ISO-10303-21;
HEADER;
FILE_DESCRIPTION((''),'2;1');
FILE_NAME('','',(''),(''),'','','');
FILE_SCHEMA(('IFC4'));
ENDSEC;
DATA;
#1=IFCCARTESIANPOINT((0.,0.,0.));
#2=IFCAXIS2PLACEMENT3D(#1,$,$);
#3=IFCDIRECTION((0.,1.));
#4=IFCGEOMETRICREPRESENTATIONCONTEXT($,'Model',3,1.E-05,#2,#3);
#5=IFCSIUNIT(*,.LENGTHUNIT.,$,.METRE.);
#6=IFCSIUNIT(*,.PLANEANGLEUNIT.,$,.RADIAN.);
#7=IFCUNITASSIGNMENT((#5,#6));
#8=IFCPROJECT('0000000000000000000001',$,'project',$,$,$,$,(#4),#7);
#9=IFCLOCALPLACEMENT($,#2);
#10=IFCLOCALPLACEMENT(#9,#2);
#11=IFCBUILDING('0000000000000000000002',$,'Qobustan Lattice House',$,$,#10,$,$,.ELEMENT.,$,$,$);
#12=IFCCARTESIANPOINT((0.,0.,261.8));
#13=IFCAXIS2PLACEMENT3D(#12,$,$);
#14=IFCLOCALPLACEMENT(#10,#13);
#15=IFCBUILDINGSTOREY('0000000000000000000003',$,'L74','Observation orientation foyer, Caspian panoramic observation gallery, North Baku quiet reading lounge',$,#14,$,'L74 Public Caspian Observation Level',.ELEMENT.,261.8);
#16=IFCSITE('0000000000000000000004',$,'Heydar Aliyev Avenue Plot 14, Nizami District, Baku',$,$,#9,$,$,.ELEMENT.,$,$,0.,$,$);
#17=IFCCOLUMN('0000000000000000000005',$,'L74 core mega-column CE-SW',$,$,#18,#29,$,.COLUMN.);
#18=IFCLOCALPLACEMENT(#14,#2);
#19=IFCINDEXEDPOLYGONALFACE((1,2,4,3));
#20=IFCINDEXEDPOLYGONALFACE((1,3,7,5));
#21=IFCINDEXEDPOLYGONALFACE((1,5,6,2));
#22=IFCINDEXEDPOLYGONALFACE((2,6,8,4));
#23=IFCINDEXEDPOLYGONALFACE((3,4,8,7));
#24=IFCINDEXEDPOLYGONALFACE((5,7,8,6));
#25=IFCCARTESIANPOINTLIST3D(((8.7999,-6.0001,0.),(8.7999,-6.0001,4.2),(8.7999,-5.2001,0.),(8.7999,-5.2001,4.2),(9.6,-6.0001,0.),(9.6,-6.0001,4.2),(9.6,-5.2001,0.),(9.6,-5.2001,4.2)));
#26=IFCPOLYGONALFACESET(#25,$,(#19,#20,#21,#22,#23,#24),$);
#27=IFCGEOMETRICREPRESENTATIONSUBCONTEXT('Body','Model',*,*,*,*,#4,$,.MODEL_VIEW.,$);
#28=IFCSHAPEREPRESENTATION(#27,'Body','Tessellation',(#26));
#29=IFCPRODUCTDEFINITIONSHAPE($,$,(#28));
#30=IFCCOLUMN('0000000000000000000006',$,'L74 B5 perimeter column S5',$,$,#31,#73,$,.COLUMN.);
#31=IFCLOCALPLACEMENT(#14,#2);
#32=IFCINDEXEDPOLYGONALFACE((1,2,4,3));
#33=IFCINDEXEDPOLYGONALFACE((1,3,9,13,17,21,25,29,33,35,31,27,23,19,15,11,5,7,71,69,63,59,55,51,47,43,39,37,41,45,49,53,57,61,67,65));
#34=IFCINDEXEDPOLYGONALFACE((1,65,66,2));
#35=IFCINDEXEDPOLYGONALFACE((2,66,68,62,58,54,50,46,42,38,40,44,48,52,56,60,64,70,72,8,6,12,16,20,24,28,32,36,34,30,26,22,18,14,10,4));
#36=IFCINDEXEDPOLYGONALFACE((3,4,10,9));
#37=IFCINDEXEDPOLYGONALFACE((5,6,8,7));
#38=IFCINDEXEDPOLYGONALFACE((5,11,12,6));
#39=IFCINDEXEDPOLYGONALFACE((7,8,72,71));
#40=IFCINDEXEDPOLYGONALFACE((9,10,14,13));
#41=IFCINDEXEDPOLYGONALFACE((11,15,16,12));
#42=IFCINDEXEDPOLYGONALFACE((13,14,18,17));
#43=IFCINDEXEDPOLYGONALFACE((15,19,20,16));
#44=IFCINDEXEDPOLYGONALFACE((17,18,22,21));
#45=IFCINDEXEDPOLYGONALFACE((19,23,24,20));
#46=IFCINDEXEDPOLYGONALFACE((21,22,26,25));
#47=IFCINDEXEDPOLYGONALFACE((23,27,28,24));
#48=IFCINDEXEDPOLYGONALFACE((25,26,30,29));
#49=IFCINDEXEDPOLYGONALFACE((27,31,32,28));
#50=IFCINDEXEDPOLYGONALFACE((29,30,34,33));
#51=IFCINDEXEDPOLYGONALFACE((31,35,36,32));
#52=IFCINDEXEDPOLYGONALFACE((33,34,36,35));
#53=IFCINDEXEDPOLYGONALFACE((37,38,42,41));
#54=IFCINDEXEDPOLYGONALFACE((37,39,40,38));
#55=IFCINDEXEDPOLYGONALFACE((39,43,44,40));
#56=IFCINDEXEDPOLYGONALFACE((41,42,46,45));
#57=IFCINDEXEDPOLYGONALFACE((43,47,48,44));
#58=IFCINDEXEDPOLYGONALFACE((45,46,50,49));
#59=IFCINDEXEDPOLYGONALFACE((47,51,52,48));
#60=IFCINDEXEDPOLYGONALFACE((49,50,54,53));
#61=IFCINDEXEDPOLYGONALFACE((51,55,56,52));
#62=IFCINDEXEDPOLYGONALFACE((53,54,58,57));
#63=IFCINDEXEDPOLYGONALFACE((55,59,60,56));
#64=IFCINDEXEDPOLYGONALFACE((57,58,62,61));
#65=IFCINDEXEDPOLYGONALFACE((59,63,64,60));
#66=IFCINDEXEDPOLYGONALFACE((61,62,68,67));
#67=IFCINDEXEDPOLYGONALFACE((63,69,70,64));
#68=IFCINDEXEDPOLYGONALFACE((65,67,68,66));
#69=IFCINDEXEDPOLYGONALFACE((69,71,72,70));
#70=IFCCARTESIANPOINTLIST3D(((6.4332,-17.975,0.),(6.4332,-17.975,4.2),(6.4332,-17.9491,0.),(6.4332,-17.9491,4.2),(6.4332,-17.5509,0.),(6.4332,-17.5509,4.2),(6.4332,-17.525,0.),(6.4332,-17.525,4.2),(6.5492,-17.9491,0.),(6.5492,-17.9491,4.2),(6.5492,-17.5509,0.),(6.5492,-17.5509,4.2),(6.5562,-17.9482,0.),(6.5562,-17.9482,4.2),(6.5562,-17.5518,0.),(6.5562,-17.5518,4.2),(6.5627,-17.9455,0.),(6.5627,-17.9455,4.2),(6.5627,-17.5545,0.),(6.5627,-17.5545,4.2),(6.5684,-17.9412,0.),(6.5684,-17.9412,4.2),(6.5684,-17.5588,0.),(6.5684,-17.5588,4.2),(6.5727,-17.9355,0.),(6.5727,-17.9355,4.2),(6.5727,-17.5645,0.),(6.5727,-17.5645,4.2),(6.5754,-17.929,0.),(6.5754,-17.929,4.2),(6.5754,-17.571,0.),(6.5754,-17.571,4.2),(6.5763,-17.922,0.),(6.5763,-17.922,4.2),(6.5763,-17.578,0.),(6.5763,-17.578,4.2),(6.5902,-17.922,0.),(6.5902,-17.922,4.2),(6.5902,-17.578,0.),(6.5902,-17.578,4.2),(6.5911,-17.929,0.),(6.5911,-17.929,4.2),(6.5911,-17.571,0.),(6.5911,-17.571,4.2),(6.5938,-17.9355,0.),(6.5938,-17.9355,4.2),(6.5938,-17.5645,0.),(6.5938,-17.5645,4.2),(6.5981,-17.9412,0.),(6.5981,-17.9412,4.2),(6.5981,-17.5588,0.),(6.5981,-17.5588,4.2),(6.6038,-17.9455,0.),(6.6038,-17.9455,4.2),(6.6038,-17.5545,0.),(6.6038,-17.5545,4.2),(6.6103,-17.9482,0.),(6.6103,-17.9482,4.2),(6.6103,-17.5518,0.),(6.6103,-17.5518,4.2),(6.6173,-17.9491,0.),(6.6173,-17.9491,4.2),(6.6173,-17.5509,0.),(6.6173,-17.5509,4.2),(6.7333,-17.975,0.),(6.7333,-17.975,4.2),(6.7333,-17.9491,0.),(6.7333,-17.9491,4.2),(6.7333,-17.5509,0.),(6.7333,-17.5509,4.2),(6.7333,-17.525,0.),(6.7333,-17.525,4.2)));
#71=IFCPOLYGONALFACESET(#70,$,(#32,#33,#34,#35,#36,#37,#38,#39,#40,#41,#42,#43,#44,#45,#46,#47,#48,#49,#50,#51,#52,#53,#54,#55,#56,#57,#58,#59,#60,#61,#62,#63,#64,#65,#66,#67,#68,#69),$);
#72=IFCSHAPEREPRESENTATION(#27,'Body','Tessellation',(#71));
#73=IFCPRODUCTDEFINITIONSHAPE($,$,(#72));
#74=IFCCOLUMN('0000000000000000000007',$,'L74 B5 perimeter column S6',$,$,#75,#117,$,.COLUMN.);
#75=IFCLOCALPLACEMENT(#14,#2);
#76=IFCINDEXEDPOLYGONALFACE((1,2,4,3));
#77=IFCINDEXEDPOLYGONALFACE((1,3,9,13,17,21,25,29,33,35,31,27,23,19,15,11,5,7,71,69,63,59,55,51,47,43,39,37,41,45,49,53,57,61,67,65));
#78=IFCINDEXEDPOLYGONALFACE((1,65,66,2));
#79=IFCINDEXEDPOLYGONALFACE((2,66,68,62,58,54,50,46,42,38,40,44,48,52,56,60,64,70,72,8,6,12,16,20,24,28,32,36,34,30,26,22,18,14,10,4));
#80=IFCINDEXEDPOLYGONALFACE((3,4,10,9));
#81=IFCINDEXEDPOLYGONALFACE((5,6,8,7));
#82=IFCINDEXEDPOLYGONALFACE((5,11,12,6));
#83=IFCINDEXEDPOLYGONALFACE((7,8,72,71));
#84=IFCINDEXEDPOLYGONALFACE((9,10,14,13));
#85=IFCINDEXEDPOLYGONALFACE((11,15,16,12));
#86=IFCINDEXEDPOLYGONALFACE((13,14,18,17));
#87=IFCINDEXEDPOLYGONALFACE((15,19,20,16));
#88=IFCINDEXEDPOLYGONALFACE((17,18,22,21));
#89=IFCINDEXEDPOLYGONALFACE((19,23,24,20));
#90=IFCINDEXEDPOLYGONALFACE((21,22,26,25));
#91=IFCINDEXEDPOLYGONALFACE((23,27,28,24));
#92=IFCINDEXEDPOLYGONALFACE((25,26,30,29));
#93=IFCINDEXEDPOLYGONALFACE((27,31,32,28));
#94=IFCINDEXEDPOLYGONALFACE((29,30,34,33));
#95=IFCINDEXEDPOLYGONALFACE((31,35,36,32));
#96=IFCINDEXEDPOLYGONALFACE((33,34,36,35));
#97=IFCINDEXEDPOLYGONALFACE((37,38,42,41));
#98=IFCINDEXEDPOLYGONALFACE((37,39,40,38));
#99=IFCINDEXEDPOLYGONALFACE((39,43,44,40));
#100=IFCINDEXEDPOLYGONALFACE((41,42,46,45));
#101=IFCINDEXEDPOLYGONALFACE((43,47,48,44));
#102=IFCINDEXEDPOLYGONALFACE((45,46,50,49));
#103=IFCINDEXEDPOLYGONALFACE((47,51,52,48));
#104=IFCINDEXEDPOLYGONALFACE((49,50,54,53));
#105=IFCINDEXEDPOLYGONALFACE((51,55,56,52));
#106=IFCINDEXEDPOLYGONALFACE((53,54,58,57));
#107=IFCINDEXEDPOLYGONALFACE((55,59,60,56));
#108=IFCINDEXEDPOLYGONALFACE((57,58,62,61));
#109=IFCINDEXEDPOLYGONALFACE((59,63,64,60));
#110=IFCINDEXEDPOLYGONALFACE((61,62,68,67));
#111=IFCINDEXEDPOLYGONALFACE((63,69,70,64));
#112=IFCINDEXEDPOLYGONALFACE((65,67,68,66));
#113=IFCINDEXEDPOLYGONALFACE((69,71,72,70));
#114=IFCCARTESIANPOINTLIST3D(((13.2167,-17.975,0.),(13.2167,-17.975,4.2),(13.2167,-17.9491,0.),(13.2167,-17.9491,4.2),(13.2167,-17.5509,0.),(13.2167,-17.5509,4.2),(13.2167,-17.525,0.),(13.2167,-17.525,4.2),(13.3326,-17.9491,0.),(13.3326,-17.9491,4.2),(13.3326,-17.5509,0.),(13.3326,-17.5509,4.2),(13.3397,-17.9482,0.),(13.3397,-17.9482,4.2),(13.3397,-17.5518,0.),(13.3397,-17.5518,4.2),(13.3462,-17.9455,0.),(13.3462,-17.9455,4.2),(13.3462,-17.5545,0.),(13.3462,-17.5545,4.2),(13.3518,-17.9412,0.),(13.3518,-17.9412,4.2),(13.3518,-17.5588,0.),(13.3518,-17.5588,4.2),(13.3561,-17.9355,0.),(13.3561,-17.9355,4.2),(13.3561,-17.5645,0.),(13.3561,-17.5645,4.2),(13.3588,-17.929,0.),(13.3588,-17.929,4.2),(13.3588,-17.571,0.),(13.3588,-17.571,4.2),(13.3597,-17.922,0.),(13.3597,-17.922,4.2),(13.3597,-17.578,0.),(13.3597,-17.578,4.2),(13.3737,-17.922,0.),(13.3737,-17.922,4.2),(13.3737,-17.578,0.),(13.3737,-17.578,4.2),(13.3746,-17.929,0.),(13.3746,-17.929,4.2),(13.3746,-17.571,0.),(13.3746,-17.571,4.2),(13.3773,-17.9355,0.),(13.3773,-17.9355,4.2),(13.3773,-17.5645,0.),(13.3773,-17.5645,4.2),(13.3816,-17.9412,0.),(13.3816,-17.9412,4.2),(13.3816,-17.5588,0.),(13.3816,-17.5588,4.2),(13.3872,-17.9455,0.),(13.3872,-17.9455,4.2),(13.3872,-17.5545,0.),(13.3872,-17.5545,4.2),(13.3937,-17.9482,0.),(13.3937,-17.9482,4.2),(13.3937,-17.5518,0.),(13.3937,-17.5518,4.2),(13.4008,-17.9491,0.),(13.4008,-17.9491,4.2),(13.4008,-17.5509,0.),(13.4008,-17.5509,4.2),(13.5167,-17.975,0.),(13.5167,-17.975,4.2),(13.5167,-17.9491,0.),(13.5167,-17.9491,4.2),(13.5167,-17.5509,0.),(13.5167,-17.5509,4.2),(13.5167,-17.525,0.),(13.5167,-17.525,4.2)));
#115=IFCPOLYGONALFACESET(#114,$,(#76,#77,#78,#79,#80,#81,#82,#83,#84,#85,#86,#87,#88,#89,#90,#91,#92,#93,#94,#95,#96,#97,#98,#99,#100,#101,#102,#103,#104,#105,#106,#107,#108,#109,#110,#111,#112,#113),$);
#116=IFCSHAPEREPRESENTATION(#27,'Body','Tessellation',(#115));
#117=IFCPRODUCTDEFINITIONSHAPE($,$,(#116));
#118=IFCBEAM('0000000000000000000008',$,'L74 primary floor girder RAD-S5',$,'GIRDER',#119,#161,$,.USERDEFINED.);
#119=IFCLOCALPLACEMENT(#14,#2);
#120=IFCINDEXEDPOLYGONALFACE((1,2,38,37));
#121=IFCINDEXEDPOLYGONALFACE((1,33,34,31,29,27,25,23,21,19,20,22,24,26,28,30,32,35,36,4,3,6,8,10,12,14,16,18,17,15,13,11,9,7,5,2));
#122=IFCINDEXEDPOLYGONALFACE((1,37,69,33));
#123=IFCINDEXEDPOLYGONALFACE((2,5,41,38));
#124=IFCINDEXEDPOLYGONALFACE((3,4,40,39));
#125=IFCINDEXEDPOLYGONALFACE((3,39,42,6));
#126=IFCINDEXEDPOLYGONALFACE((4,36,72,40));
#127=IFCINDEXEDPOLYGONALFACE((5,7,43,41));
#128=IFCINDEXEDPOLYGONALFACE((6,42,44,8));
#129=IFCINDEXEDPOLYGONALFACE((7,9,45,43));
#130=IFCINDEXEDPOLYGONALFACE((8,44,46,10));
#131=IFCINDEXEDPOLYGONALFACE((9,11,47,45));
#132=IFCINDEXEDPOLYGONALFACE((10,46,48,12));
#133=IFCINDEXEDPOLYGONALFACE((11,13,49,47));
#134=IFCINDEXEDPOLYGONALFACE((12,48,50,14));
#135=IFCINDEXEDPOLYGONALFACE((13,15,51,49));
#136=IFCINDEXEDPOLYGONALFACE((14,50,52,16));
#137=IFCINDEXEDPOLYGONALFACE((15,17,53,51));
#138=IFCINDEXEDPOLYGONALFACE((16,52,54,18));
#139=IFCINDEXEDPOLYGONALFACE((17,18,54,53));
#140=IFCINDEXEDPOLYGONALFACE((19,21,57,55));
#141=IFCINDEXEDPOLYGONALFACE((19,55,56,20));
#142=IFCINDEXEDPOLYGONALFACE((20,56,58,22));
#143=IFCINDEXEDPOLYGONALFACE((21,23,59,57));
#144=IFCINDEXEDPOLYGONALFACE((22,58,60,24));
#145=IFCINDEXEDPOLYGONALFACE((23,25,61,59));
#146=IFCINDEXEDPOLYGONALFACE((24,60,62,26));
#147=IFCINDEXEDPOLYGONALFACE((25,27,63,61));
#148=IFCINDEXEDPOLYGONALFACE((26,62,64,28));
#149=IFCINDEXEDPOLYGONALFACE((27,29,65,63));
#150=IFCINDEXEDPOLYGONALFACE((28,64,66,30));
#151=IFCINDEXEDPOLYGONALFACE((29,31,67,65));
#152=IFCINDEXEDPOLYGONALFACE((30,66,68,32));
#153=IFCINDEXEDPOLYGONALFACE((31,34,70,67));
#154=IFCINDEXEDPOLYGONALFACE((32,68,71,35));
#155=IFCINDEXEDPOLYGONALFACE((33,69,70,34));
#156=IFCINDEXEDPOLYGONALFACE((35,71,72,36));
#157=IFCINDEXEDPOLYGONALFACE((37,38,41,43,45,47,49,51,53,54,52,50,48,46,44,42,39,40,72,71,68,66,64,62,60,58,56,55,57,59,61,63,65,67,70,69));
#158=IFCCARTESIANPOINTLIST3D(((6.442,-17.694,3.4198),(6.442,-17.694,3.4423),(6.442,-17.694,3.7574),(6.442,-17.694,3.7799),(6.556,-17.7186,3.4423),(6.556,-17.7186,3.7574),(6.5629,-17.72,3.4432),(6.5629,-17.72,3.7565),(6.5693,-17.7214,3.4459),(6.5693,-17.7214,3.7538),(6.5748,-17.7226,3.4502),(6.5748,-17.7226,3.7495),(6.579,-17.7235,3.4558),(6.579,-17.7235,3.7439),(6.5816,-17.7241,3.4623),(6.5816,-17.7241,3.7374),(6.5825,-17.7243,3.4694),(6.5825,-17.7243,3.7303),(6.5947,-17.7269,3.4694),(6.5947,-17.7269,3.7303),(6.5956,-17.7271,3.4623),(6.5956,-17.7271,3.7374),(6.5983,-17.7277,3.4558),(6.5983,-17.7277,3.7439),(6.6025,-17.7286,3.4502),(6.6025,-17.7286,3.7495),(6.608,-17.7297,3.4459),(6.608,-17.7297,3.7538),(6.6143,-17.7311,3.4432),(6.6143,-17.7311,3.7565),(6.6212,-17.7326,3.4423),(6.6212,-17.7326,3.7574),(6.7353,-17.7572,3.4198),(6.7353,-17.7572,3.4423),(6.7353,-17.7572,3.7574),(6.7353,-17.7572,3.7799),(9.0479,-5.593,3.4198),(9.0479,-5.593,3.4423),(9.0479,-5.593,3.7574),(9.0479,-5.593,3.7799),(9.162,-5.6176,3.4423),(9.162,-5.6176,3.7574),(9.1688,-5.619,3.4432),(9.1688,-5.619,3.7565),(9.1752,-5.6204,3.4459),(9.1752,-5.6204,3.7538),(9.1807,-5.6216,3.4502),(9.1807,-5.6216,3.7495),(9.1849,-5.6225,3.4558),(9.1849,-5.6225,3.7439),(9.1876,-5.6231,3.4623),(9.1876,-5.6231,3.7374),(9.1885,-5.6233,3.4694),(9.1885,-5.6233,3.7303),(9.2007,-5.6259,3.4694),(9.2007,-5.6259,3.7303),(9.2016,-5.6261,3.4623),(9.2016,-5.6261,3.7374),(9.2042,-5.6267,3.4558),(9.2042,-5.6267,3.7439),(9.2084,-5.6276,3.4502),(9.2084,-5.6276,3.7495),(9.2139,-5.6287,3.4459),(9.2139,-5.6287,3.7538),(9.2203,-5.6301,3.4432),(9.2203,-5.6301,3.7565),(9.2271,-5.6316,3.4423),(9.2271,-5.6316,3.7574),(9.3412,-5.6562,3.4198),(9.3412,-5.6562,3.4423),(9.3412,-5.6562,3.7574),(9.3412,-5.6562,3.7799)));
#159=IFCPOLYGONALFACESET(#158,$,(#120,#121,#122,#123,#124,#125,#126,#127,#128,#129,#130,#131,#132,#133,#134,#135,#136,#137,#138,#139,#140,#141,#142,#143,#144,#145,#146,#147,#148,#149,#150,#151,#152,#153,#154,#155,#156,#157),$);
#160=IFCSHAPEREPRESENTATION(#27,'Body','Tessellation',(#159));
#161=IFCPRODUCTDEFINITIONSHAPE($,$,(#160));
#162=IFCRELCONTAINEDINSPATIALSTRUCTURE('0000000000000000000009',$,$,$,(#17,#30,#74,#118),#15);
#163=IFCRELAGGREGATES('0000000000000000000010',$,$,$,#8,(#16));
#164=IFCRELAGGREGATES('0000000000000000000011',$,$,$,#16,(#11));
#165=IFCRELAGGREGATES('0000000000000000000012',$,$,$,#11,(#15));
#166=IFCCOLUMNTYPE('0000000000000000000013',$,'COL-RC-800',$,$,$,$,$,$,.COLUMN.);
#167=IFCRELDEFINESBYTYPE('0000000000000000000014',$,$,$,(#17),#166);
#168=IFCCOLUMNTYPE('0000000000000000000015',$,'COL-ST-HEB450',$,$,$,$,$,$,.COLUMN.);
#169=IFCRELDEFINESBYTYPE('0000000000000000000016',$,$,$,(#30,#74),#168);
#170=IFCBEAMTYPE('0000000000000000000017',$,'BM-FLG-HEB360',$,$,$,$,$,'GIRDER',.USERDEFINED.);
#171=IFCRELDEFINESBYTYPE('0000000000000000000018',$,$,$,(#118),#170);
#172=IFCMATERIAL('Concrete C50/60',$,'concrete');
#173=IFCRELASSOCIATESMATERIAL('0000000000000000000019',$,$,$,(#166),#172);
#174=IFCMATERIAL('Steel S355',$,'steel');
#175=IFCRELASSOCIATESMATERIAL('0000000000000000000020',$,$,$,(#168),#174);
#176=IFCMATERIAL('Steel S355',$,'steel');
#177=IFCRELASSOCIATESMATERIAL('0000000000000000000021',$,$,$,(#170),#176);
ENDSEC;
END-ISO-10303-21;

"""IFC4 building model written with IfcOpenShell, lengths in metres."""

from ifc_helpers import new_model, si_unit, direction, frame, origin, origin_2d, place, context, subcontext, project, spatial, rectangle, i_section, extrude, material, material_profile, profile_set, type_object, element, save


model = new_model("IFC4")

# Units and contexts
model_context = context("Model", 3, precision=1e-05, world=origin(), true_north=direction((0.0, 1.0)))
body_context = subcontext(model_context, "Body", "Model", "MODEL_VIEW")
ifc_project = project(units=[si_unit("LENGTHUNIT", "METRE"), si_unit("PLANEANGLEUNIT", "RADIAN")], contexts=[model_context])

# Site, building, storey
site_placement = place(None, origin())
site = spatial("IfcSite", under=ifc_project, at=site_placement, Name="Heydar Aliyev Avenue Plot 14, Nizami District, Baku", CompositionType="ELEMENT", RefElevation=0.0)
building_placement = place(site_placement, origin())
building = spatial("IfcBuilding", under=site, at=building_placement, Name="Qobustan Lattice House", CompositionType="ELEMENT")
storey_placement = place(building_placement, frame((0.0, 0.0, 261.8)))
storey = spatial("IfcBuildingStorey", under=building, at=storey_placement, Name="L74", Description="Observation orientation foyer, Caspian panoramic observation gallery, North Baku quiet reading lounge", LongName="L74 Public Caspian Observation Level", CompositionType="ELEMENT", Elevation=261.8)

# Columns
ifc_material_1 = material(Name="Concrete C50/60", Category="concrete")
ifc_material_profile_1 = material_profile(ifc_material_1, rectangle(XDim=0.8, YDim=0.8, at=origin_2d()), Name="RC800x800")
ifc_profile_set_1 = profile_set([ifc_material_profile_1], Name="Concrete C50/60")
column_type_1 = type_object("IfcColumnType", Name="COL-RC-800", PredefinedType="COLUMN", material=ifc_profile_set_1)
column_placement = place(storey_placement, frame((9.2, -5.6001, 0.0), z_axis=(0.0, 0.0, 1.0), x_axis=(1.0, 0.0, 0.0)))
element("IfcColumn", 1, at=column_placement, inside=storey, type_object=column_type_1, Name="L74 core mega-column CE-SW", PredefinedType="COLUMN", context=body_context, shape_type="SweptSolid", body=[
    extrude(rectangle(XDim=0.8, YDim=0.8, at=origin_2d()), origin(), (0.0, 0.0, 1.0), 4.2),
])
ifc_material_2 = material(Name="Steel S355", Category="steel")
ifc_material_profile_2 = material_profile(ifc_material_2, i_section(OverallWidth=0.3, OverallDepth=0.45, WebThickness=0.0139, FlangeThickness=0.0259, FilletRadius=0.0271, at=origin_2d()), Name="HEB450")
ifc_profile_set_2 = profile_set([ifc_material_profile_2], Name="Steel S355")
column_type_2 = type_object("IfcColumnType", Name="COL-ST-HEB450", PredefinedType="COLUMN", material=ifc_profile_set_2)
for number, where, z_axis, x_axis, name in (
    (2, (6.5833, -17.75, 0.0), (0.0, 0.0, 1.0), (1.0, 0.0, 0.0), "L74 B5 perimeter column S5"),
    (3, (13.3667, -17.75, 0.0), (0.0, 0.0, 1.0), (1.0, 0.0, 0.0), "L74 B5 perimeter column S6"),
):
    element("IfcColumn", number, at=place(storey_placement, frame(where, z_axis=z_axis, x_axis=x_axis)), inside=storey, type_object=column_type_2, Name=name, PredefinedType="COLUMN", context=body_context, shape_type="SweptSolid", body=[
        extrude(i_section(OverallWidth=0.3, OverallDepth=0.45, WebThickness=0.0139, FlangeThickness=0.0259, FilletRadius=0.0271, at=origin_2d()), origin(), (0.0, 0.0, 1.0), 4.2),
    ])

# Beam
ifc_material_3 = material(Name="Steel S355", Category="steel")
ifc_material_profile_3 = material_profile(ifc_material_3, i_section(OverallWidth=0.3, OverallDepth=0.3601, WebThickness=0.0125, FlangeThickness=0.0225, FilletRadius=0.0271, at=origin_2d()), Name="HEB360")
ifc_profile_set_3 = profile_set([ifc_material_profile_3], Name="Steel S355")
beam_type_1 = type_object("IfcBeamType", Name="BM-FLG-HEB360", ElementType="GIRDER", PredefinedType="USERDEFINED", material=ifc_profile_set_3)
beam_1_placement = place(storey_placement, frame((6.5886, -17.7256, 3.5999), z_axis=(0.210523, 0.977589, 0.0), x_axis=(-0.977589, 0.210523, 0.0)))
element("IfcBeam", 4, at=beam_1_placement, inside=storey, type_object=beam_type_1, Name="L74 primary floor girder RAD-S5", ObjectType="GIRDER", PredefinedType="USERDEFINED", context=body_context, shape_type="SweptSolid", body=[
    extrude(i_section(OverallWidth=0.3, OverallDepth=0.3601, WebThickness=0.0125, FlangeThickness=0.0225, FilletRadius=0.0271, at=origin_2d()), origin(), (0.0, 0.0, 1.0), 12.3784),
])

save(model, "model.ifc")
